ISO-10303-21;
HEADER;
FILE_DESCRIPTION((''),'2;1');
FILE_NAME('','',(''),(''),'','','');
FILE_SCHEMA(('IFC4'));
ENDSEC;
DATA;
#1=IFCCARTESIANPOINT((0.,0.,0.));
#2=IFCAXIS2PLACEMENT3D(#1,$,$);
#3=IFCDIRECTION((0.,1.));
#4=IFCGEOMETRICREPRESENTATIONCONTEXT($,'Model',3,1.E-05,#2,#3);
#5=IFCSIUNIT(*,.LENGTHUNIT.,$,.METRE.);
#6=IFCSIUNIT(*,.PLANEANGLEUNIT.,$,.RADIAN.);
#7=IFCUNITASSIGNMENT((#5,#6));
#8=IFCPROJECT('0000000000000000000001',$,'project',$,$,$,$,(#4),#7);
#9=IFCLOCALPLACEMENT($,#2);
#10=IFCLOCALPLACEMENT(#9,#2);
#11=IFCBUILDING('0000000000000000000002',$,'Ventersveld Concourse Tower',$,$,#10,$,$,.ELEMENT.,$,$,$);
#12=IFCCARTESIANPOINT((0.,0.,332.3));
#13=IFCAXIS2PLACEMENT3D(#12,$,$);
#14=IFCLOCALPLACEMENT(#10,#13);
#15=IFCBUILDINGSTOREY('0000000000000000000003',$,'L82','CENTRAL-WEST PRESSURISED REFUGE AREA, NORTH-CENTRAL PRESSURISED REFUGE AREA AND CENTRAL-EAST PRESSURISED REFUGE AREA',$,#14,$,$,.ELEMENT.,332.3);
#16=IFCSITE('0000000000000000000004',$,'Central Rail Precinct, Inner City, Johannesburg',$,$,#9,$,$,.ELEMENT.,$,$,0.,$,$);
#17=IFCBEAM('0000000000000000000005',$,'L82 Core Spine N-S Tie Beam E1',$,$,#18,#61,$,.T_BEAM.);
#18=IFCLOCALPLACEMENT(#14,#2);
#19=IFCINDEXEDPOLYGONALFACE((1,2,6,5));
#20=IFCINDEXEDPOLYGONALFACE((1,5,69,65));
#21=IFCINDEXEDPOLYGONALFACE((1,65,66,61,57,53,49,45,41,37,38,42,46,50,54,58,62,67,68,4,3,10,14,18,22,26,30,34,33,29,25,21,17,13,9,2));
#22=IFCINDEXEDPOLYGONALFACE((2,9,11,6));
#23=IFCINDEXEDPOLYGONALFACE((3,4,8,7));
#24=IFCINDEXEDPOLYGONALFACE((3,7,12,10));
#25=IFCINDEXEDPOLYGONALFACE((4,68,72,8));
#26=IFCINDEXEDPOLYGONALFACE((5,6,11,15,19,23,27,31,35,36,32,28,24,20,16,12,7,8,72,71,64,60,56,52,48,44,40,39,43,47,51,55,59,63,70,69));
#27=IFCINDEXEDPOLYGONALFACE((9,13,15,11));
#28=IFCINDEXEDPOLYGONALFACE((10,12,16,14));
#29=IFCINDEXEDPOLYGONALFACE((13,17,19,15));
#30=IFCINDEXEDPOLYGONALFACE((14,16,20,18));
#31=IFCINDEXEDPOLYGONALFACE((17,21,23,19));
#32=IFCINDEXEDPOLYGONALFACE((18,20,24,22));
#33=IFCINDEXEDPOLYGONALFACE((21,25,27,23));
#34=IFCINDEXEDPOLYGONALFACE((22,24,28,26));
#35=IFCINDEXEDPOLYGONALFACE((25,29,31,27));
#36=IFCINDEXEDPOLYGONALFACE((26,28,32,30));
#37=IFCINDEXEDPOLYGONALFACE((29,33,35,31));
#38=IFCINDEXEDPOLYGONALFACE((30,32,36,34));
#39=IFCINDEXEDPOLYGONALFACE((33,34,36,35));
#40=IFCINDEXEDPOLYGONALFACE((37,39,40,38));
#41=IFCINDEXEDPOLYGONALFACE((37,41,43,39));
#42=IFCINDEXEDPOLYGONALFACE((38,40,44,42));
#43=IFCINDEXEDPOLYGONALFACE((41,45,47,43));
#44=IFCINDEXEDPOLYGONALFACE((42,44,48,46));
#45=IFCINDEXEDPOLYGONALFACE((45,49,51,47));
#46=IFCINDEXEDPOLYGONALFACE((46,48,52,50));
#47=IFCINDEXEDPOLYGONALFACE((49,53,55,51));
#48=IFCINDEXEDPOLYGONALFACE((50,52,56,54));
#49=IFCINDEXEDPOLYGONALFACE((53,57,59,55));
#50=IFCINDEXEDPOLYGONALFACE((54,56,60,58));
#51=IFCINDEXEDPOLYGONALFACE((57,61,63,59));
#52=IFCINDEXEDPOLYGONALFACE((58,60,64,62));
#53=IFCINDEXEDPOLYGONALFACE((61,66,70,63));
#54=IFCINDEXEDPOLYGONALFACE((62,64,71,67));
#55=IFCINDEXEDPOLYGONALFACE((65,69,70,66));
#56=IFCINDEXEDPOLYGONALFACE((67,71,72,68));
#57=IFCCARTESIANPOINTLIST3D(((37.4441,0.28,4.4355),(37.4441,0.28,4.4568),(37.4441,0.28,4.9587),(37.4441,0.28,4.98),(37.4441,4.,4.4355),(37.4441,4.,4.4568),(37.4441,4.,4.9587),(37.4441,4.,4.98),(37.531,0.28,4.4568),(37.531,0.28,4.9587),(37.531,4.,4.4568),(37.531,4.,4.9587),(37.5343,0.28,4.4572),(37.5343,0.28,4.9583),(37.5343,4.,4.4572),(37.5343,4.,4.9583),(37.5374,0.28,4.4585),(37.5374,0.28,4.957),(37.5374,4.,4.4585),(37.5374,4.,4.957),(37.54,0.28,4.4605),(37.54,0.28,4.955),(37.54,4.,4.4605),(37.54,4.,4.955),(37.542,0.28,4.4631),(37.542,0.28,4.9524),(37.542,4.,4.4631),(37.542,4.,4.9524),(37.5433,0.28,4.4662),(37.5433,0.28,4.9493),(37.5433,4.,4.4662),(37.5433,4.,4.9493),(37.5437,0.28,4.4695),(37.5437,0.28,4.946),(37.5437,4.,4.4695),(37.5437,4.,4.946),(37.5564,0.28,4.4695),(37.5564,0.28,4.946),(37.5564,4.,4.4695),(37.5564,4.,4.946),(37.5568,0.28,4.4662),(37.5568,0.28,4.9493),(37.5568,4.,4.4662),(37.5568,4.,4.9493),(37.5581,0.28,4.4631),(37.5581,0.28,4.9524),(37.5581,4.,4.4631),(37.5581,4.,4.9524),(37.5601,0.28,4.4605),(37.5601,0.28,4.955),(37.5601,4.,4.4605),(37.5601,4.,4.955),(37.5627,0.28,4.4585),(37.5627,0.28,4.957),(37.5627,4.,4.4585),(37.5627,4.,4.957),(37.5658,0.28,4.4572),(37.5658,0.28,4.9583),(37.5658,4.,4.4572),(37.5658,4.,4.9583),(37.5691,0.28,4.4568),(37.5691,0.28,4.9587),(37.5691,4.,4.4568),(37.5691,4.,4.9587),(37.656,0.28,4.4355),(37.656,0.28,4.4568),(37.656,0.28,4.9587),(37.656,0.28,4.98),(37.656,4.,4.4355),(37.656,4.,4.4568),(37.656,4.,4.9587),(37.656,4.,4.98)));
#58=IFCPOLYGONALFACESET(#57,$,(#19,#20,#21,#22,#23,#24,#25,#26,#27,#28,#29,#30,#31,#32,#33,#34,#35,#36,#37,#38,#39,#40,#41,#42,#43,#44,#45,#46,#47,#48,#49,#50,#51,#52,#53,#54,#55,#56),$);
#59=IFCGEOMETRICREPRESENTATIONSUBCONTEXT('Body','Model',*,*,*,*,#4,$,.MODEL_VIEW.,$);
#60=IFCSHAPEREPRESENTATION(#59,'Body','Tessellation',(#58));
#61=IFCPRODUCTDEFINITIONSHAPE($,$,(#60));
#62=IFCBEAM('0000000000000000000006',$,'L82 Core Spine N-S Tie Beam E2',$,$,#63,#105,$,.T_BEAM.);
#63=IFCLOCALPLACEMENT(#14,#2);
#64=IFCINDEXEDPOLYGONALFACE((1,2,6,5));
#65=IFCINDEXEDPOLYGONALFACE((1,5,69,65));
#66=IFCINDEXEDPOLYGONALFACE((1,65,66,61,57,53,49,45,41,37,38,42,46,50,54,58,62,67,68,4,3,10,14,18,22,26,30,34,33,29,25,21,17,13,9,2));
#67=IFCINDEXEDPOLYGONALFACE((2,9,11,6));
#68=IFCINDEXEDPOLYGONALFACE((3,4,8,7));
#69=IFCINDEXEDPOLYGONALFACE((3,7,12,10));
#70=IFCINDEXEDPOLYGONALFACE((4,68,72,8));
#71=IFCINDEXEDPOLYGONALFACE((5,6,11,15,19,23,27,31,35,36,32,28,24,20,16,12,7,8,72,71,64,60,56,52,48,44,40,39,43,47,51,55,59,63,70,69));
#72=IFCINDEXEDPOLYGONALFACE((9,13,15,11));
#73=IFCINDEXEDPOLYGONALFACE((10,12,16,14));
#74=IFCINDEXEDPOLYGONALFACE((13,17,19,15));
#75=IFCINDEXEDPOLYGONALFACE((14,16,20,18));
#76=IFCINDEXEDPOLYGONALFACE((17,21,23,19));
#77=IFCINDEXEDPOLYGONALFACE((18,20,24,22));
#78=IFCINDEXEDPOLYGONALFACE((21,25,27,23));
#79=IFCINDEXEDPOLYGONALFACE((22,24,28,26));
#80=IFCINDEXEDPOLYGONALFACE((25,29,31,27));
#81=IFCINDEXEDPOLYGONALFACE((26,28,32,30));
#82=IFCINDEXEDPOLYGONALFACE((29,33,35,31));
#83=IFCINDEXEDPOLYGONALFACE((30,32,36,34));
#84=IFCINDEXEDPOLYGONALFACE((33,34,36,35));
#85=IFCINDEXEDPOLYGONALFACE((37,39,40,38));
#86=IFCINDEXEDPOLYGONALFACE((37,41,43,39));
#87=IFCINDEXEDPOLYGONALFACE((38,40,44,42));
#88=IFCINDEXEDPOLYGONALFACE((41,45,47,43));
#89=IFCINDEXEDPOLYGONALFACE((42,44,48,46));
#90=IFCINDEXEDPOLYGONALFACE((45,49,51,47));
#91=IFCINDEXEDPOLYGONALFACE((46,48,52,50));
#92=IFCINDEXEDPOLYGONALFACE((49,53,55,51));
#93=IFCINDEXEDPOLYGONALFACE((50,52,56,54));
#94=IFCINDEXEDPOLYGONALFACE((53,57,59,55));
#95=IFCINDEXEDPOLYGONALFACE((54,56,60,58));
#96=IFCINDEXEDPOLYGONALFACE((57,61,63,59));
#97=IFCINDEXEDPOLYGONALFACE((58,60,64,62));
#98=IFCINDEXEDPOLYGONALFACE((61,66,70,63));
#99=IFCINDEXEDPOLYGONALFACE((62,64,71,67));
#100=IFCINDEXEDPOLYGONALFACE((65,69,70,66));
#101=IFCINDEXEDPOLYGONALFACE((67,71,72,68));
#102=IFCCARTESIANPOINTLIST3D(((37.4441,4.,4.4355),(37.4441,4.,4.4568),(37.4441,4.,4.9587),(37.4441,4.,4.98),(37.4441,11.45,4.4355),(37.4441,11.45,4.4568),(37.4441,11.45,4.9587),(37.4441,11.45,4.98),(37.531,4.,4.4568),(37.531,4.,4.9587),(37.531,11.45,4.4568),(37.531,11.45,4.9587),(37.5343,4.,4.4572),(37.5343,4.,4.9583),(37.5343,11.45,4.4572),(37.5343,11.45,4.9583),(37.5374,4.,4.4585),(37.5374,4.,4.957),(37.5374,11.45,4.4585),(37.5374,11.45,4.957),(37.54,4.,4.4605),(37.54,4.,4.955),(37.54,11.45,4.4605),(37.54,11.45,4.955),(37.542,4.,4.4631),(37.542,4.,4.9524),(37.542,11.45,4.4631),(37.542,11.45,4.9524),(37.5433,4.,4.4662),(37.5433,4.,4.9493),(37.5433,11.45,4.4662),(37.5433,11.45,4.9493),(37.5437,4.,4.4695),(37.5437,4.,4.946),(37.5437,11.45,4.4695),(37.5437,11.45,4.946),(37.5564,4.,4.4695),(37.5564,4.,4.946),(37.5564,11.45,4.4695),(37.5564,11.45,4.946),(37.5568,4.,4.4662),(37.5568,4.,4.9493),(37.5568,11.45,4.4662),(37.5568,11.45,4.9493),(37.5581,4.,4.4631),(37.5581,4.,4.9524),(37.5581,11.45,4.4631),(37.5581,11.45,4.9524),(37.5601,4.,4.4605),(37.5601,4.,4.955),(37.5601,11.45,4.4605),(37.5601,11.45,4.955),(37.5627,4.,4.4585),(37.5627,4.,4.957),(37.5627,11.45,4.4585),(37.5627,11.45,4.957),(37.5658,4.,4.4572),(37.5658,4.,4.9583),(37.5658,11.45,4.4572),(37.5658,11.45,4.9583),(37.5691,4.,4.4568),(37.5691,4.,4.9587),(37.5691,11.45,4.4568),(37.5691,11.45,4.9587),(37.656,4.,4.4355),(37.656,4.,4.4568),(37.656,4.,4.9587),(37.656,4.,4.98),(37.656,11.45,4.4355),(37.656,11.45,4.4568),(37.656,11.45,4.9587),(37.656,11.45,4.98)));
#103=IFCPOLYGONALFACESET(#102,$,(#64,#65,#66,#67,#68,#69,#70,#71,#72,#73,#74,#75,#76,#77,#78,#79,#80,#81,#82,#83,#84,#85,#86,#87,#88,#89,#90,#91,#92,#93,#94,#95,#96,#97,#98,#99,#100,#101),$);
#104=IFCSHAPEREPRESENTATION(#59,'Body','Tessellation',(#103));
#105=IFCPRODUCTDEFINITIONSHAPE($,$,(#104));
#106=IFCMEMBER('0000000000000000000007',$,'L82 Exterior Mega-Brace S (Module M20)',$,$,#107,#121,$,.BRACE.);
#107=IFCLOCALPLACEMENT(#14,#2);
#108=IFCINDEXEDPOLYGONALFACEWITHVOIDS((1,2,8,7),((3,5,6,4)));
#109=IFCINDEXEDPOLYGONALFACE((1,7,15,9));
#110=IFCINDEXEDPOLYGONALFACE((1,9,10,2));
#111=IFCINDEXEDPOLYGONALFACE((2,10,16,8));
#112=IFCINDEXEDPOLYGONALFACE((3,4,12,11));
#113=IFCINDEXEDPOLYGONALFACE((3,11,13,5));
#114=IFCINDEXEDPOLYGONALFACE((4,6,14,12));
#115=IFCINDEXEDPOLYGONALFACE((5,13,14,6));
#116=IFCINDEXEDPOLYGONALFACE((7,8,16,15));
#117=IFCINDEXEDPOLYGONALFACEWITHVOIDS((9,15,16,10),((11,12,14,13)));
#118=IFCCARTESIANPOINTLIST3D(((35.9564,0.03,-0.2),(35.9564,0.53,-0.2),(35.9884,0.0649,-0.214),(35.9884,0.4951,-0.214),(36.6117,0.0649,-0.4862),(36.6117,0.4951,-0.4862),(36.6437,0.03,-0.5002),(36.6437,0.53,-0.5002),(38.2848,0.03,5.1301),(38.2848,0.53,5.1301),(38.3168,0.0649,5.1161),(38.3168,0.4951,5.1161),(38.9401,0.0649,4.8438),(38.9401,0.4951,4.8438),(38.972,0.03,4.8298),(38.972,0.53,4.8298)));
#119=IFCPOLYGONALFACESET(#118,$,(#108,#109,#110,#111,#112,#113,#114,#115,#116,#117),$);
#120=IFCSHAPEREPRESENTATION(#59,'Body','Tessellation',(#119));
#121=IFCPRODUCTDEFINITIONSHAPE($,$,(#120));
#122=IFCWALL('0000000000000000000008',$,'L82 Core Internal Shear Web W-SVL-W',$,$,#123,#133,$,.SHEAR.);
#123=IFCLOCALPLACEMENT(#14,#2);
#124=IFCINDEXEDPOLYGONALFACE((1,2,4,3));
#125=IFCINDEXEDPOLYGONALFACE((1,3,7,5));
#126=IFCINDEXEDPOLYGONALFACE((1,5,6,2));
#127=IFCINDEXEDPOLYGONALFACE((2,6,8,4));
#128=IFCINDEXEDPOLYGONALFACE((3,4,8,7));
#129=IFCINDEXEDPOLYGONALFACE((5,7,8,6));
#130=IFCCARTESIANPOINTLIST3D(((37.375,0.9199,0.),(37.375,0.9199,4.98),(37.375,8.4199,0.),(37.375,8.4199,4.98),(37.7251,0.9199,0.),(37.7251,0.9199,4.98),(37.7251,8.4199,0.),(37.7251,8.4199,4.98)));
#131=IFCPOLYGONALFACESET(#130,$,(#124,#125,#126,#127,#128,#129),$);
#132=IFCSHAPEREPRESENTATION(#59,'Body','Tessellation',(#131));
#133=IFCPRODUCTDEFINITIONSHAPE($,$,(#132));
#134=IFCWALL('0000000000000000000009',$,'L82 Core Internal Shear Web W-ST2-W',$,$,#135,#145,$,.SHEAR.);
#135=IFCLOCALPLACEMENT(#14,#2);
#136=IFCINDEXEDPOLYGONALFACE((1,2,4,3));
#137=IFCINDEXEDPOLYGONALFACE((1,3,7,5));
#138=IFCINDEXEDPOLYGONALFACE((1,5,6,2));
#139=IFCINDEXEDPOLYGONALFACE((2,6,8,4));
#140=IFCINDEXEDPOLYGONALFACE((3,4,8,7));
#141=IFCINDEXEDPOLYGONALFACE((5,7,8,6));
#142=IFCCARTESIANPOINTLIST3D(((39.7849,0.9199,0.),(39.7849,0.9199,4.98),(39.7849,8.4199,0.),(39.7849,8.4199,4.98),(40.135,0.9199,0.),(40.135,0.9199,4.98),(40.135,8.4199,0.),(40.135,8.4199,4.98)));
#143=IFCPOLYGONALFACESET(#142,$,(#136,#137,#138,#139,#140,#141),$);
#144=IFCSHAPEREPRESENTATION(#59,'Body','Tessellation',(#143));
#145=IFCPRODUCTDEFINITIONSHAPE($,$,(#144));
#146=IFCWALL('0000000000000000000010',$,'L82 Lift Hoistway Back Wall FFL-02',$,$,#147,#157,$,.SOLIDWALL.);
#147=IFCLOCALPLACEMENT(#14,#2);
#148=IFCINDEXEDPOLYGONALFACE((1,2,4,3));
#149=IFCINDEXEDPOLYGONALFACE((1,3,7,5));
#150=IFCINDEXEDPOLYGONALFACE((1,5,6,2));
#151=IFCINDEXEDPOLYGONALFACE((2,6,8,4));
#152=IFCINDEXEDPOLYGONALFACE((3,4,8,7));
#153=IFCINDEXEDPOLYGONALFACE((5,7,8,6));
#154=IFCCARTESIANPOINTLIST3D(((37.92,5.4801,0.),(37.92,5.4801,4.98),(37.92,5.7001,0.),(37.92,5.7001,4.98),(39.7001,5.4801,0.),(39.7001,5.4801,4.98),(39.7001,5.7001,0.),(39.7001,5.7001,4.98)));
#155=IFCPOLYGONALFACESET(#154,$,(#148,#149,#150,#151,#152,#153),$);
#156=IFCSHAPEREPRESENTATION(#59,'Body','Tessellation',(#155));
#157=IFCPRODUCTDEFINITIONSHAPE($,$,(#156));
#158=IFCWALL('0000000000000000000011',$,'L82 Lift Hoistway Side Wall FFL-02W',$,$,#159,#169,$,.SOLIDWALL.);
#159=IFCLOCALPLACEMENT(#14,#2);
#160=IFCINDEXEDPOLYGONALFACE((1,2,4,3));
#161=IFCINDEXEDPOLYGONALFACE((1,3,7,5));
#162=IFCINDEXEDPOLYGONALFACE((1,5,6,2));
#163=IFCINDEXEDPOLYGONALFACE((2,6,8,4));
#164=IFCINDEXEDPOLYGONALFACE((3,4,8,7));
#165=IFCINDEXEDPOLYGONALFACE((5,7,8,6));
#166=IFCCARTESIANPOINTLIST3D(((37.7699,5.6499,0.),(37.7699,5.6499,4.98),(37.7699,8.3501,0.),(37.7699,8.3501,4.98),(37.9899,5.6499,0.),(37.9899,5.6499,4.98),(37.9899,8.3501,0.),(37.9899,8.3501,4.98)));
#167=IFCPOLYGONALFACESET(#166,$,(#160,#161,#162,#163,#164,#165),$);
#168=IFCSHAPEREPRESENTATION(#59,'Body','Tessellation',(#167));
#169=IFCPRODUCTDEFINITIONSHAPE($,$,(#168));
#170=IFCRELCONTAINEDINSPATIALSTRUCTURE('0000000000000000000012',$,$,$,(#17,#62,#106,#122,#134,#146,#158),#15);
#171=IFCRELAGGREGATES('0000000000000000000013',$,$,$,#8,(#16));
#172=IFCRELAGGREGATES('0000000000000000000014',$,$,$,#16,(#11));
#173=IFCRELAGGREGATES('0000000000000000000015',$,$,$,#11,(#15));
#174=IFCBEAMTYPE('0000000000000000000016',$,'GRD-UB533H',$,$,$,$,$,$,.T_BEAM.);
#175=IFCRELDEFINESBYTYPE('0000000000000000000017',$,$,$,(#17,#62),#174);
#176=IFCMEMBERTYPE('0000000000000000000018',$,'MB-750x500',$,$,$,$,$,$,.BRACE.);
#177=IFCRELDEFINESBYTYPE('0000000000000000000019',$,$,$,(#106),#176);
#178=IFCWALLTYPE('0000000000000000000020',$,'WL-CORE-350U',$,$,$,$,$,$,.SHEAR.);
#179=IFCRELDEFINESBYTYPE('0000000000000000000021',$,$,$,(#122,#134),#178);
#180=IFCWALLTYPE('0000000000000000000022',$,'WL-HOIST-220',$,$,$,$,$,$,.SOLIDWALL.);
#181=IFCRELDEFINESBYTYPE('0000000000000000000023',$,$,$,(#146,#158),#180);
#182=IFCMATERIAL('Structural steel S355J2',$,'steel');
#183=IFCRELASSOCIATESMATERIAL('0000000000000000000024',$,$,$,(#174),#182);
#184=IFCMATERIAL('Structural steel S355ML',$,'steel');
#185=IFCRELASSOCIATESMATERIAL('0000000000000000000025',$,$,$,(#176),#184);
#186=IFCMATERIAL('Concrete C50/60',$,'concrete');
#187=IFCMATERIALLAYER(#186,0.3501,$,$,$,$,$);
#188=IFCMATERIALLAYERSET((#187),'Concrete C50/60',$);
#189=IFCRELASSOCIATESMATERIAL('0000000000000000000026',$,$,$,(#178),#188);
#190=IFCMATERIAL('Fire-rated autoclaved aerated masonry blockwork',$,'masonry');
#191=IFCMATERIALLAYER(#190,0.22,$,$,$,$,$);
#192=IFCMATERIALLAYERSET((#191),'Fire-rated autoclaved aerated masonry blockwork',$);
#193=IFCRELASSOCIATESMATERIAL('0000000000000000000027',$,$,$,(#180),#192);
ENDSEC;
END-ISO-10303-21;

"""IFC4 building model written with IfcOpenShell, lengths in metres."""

from ifc_helpers import new_model, si_unit, direction, frame, frame_2d, origin, origin_2d, place, context, subcontext, project, spatial, rectangle, hollow_rectangle, i_section, extrude, material, layer, layer_set, material_profile, profile_set, type_object, element, save


model = new_model("IFC4")

# Units and contexts
model_context = context("Model", 3, precision=1e-05, world=origin(), true_north=direction((0.0, 1.0)))
body_context = subcontext(model_context, "Body", "Model", "MODEL_VIEW")
ifc_project = project(units=[si_unit("LENGTHUNIT", "METRE"), si_unit("PLANEANGLEUNIT", "RADIAN")], contexts=[model_context])

# Site, building, storey
site_placement = place(None, origin())
site = spatial("IfcSite", under=ifc_project, at=site_placement, Name="Central Rail Precinct, Inner City, Johannesburg", CompositionType="ELEMENT", RefElevation=0.0)
building_placement = place(site_placement, origin())
building = spatial("IfcBuilding", under=site, at=building_placement, Name="Ventersveld Concourse Tower", CompositionType="ELEMENT")
storey_placement = place(building_placement, frame((0.0, 0.0, 332.3)))
storey = spatial("IfcBuildingStorey", under=building, at=storey_placement, Name="L82", Description="CENTRAL-WEST PRESSURISED REFUGE AREA, NORTH-CENTRAL PRESSURISED REFUGE AREA AND CENTRAL-EAST PRESSURISED REFUGE AREA", CompositionType="ELEMENT", Elevation=332.3)

# Shared definitions
ifc_material_1 = material(Name="Concrete C50/60", Category="concrete")

# Beams
ifc_material_2 = material(Name="Structural steel S355J2", Category="steel")
ifc_material_profile_1 = material_profile(ifc_material_2, i_section(OverallWidth=0.2119, OverallDepth=0.5444, WebThickness=0.0127, FlangeThickness=0.0212, FilletRadius=0.0127, at=origin_2d()), Name="UB 533x210x122")
ifc_profile_set_1 = profile_set([ifc_material_profile_1], Name="Structural steel S355J2")
beam_type_1 = type_object("IfcBeamType", Name="GRD-UB533H", PredefinedType="T_BEAM", material=ifc_profile_set_1)
beam_1_placement = place(storey_placement, frame((37.55, 0.28, 4.7078), z_axis=(0.0, 1.0, 0.0), x_axis=(-1.0, 0.0, 0.0)))
element("IfcBeam", 1, at=beam_1_placement, inside=storey, type_object=beam_type_1, Name="L82 Core Spine N-S Tie Beam E1", PredefinedType="T_BEAM", context=body_context, shape_type="SweptSolid", body=[
    extrude(i_section(OverallWidth=0.2119, OverallDepth=0.5444, WebThickness=0.0127, FlangeThickness=0.0212, FilletRadius=0.0127, at=origin_2d()), origin(), (0.0, 0.0, 1.0), 3.72),
])
beam_2_placement = place(storey_placement, frame((37.55, 4.0, 4.7078), z_axis=(0.0, 1.0, 0.0), x_axis=(-1.0, 0.0, 0.0)))
element("IfcBeam", 2, at=beam_2_placement, inside=storey, type_object=beam_type_1, Name="L82 Core Spine N-S Tie Beam E2", PredefinedType="T_BEAM", context=body_context, shape_type="SweptSolid", body=[
    extrude(i_section(OverallWidth=0.2119, OverallDepth=0.5444, WebThickness=0.0127, FlangeThickness=0.0212, FilletRadius=0.0127, at=origin_2d()), origin(), (0.0, 0.0, 1.0), 7.45),
])

# Member
ifc_material_3 = material(Name="Structural steel S355ML", Category="steel")
ifc_material_profile_2 = material_profile(ifc_material_3, hollow_rectangle(XDim=0.5, YDim=0.75, WallThickness=0.0349, at=origin_2d()), Name="BOX 750x500x35")
ifc_profile_set_2 = profile_set([ifc_material_profile_2], Name="Structural steel S355ML")
member_type = type_object("IfcMemberType", Name="MB-750x500", PredefinedType="BRACE", material=ifc_profile_set_2)
member_placement = place(storey_placement, frame((36.3, 0.28, -0.3501), z_axis=(0.400308, 0.0, 0.916381), x_axis=(0.0, 1.0, 0.0)))
element("IfcMember", 3, at=member_placement, inside=storey, type_object=member_type, Name="L82 Exterior Mega-Brace S (Module M20)", PredefinedType="BRACE", context=body_context, shape_type="SweptSolid", body=[
    extrude(hollow_rectangle(XDim=0.5, YDim=0.75, WallThickness=0.0349, at=origin_2d()), origin(), (0.0, 0.0, 1.0), 5.8164),
])

# Walls
ifc_layer_1 = layer(ifc_material_1, 0.3501)
ifc_layer_set_1 = layer_set([ifc_layer_1], Name="Concrete C50/60")
wall_type_1 = type_object("IfcWallType", Name="WL-CORE-350U", PredefinedType="SHEAR", material=ifc_layer_set_1)
for number, where, z_axis, x_axis, name in (
    (4, (37.55, 0.9199, 0.0), (0.0, 0.0, 1.0), (0.0, 1.0, 0.0), "L82 Core Internal Shear Web W-SVL-W"),
    (5, (39.96, 0.9199, 0.0), (0.0, 0.0, 1.0), (0.0, 1.0, 0.0), "L82 Core Internal Shear Web W-ST2-W"),
):
    element("IfcWall", number, at=place(storey_placement, frame(where, z_axis=z_axis, x_axis=x_axis)), inside=storey, type_object=wall_type_1, Name=name, PredefinedType="SHEAR", context=body_context, shape_type="SweptSolid", body=[
        extrude(rectangle(XDim=7.5, YDim=0.3501, at=frame_2d((3.75, 0.0))), origin(), (0.0, 0.0, 1.0), 4.98),
    ])
ifc_material_4 = material(Name="Fire-rated autoclaved aerated masonry blockwork", Category="masonry")
ifc_layer_2 = layer(ifc_material_4, 0.22)
ifc_layer_set_2 = layer_set([ifc_layer_2], Name="Fire-rated autoclaved aerated masonry blockwork")
wall_type_2 = type_object("IfcWallType", Name="WL-HOIST-220", PredefinedType="SOLIDWALL", material=ifc_layer_set_2)
wall_1_placement = place(storey_placement, frame((37.9199, 5.5901, 0.0), z_axis=(0.0, 0.0, 1.0), x_axis=(1.0, 0.0, 0.0)))
element("IfcWall", 6, at=wall_1_placement, inside=storey, type_object=wall_type_2, Name="L82 Lift Hoistway Back Wall FFL-02", PredefinedType="SOLIDWALL", context=body_context, shape_type="SweptSolid", body=[
    extrude(rectangle(XDim=1.78, YDim=0.22, at=frame_2d((0.8901, 0.0))), origin(), (0.0, 0.0, 1.0), 4.98),
])
wall_2_placement = place(storey_placement, frame((37.8799, 5.6499, 0.0), z_axis=(0.0, 0.0, 1.0), x_axis=(0.0, 1.0, 0.0)))
element("IfcWall", 7, at=wall_2_placement, inside=storey, type_object=wall_type_2, Name="L82 Lift Hoistway Side Wall FFL-02W", PredefinedType="SOLIDWALL", context=body_context, shape_type="SweptSolid", body=[
    extrude(rectangle(XDim=2.7002, YDim=0.22, at=frame_2d((1.3501, 0.0))), origin(), (0.0, 0.0, 1.0), 4.98),
])

save(model, "model.ifc")
